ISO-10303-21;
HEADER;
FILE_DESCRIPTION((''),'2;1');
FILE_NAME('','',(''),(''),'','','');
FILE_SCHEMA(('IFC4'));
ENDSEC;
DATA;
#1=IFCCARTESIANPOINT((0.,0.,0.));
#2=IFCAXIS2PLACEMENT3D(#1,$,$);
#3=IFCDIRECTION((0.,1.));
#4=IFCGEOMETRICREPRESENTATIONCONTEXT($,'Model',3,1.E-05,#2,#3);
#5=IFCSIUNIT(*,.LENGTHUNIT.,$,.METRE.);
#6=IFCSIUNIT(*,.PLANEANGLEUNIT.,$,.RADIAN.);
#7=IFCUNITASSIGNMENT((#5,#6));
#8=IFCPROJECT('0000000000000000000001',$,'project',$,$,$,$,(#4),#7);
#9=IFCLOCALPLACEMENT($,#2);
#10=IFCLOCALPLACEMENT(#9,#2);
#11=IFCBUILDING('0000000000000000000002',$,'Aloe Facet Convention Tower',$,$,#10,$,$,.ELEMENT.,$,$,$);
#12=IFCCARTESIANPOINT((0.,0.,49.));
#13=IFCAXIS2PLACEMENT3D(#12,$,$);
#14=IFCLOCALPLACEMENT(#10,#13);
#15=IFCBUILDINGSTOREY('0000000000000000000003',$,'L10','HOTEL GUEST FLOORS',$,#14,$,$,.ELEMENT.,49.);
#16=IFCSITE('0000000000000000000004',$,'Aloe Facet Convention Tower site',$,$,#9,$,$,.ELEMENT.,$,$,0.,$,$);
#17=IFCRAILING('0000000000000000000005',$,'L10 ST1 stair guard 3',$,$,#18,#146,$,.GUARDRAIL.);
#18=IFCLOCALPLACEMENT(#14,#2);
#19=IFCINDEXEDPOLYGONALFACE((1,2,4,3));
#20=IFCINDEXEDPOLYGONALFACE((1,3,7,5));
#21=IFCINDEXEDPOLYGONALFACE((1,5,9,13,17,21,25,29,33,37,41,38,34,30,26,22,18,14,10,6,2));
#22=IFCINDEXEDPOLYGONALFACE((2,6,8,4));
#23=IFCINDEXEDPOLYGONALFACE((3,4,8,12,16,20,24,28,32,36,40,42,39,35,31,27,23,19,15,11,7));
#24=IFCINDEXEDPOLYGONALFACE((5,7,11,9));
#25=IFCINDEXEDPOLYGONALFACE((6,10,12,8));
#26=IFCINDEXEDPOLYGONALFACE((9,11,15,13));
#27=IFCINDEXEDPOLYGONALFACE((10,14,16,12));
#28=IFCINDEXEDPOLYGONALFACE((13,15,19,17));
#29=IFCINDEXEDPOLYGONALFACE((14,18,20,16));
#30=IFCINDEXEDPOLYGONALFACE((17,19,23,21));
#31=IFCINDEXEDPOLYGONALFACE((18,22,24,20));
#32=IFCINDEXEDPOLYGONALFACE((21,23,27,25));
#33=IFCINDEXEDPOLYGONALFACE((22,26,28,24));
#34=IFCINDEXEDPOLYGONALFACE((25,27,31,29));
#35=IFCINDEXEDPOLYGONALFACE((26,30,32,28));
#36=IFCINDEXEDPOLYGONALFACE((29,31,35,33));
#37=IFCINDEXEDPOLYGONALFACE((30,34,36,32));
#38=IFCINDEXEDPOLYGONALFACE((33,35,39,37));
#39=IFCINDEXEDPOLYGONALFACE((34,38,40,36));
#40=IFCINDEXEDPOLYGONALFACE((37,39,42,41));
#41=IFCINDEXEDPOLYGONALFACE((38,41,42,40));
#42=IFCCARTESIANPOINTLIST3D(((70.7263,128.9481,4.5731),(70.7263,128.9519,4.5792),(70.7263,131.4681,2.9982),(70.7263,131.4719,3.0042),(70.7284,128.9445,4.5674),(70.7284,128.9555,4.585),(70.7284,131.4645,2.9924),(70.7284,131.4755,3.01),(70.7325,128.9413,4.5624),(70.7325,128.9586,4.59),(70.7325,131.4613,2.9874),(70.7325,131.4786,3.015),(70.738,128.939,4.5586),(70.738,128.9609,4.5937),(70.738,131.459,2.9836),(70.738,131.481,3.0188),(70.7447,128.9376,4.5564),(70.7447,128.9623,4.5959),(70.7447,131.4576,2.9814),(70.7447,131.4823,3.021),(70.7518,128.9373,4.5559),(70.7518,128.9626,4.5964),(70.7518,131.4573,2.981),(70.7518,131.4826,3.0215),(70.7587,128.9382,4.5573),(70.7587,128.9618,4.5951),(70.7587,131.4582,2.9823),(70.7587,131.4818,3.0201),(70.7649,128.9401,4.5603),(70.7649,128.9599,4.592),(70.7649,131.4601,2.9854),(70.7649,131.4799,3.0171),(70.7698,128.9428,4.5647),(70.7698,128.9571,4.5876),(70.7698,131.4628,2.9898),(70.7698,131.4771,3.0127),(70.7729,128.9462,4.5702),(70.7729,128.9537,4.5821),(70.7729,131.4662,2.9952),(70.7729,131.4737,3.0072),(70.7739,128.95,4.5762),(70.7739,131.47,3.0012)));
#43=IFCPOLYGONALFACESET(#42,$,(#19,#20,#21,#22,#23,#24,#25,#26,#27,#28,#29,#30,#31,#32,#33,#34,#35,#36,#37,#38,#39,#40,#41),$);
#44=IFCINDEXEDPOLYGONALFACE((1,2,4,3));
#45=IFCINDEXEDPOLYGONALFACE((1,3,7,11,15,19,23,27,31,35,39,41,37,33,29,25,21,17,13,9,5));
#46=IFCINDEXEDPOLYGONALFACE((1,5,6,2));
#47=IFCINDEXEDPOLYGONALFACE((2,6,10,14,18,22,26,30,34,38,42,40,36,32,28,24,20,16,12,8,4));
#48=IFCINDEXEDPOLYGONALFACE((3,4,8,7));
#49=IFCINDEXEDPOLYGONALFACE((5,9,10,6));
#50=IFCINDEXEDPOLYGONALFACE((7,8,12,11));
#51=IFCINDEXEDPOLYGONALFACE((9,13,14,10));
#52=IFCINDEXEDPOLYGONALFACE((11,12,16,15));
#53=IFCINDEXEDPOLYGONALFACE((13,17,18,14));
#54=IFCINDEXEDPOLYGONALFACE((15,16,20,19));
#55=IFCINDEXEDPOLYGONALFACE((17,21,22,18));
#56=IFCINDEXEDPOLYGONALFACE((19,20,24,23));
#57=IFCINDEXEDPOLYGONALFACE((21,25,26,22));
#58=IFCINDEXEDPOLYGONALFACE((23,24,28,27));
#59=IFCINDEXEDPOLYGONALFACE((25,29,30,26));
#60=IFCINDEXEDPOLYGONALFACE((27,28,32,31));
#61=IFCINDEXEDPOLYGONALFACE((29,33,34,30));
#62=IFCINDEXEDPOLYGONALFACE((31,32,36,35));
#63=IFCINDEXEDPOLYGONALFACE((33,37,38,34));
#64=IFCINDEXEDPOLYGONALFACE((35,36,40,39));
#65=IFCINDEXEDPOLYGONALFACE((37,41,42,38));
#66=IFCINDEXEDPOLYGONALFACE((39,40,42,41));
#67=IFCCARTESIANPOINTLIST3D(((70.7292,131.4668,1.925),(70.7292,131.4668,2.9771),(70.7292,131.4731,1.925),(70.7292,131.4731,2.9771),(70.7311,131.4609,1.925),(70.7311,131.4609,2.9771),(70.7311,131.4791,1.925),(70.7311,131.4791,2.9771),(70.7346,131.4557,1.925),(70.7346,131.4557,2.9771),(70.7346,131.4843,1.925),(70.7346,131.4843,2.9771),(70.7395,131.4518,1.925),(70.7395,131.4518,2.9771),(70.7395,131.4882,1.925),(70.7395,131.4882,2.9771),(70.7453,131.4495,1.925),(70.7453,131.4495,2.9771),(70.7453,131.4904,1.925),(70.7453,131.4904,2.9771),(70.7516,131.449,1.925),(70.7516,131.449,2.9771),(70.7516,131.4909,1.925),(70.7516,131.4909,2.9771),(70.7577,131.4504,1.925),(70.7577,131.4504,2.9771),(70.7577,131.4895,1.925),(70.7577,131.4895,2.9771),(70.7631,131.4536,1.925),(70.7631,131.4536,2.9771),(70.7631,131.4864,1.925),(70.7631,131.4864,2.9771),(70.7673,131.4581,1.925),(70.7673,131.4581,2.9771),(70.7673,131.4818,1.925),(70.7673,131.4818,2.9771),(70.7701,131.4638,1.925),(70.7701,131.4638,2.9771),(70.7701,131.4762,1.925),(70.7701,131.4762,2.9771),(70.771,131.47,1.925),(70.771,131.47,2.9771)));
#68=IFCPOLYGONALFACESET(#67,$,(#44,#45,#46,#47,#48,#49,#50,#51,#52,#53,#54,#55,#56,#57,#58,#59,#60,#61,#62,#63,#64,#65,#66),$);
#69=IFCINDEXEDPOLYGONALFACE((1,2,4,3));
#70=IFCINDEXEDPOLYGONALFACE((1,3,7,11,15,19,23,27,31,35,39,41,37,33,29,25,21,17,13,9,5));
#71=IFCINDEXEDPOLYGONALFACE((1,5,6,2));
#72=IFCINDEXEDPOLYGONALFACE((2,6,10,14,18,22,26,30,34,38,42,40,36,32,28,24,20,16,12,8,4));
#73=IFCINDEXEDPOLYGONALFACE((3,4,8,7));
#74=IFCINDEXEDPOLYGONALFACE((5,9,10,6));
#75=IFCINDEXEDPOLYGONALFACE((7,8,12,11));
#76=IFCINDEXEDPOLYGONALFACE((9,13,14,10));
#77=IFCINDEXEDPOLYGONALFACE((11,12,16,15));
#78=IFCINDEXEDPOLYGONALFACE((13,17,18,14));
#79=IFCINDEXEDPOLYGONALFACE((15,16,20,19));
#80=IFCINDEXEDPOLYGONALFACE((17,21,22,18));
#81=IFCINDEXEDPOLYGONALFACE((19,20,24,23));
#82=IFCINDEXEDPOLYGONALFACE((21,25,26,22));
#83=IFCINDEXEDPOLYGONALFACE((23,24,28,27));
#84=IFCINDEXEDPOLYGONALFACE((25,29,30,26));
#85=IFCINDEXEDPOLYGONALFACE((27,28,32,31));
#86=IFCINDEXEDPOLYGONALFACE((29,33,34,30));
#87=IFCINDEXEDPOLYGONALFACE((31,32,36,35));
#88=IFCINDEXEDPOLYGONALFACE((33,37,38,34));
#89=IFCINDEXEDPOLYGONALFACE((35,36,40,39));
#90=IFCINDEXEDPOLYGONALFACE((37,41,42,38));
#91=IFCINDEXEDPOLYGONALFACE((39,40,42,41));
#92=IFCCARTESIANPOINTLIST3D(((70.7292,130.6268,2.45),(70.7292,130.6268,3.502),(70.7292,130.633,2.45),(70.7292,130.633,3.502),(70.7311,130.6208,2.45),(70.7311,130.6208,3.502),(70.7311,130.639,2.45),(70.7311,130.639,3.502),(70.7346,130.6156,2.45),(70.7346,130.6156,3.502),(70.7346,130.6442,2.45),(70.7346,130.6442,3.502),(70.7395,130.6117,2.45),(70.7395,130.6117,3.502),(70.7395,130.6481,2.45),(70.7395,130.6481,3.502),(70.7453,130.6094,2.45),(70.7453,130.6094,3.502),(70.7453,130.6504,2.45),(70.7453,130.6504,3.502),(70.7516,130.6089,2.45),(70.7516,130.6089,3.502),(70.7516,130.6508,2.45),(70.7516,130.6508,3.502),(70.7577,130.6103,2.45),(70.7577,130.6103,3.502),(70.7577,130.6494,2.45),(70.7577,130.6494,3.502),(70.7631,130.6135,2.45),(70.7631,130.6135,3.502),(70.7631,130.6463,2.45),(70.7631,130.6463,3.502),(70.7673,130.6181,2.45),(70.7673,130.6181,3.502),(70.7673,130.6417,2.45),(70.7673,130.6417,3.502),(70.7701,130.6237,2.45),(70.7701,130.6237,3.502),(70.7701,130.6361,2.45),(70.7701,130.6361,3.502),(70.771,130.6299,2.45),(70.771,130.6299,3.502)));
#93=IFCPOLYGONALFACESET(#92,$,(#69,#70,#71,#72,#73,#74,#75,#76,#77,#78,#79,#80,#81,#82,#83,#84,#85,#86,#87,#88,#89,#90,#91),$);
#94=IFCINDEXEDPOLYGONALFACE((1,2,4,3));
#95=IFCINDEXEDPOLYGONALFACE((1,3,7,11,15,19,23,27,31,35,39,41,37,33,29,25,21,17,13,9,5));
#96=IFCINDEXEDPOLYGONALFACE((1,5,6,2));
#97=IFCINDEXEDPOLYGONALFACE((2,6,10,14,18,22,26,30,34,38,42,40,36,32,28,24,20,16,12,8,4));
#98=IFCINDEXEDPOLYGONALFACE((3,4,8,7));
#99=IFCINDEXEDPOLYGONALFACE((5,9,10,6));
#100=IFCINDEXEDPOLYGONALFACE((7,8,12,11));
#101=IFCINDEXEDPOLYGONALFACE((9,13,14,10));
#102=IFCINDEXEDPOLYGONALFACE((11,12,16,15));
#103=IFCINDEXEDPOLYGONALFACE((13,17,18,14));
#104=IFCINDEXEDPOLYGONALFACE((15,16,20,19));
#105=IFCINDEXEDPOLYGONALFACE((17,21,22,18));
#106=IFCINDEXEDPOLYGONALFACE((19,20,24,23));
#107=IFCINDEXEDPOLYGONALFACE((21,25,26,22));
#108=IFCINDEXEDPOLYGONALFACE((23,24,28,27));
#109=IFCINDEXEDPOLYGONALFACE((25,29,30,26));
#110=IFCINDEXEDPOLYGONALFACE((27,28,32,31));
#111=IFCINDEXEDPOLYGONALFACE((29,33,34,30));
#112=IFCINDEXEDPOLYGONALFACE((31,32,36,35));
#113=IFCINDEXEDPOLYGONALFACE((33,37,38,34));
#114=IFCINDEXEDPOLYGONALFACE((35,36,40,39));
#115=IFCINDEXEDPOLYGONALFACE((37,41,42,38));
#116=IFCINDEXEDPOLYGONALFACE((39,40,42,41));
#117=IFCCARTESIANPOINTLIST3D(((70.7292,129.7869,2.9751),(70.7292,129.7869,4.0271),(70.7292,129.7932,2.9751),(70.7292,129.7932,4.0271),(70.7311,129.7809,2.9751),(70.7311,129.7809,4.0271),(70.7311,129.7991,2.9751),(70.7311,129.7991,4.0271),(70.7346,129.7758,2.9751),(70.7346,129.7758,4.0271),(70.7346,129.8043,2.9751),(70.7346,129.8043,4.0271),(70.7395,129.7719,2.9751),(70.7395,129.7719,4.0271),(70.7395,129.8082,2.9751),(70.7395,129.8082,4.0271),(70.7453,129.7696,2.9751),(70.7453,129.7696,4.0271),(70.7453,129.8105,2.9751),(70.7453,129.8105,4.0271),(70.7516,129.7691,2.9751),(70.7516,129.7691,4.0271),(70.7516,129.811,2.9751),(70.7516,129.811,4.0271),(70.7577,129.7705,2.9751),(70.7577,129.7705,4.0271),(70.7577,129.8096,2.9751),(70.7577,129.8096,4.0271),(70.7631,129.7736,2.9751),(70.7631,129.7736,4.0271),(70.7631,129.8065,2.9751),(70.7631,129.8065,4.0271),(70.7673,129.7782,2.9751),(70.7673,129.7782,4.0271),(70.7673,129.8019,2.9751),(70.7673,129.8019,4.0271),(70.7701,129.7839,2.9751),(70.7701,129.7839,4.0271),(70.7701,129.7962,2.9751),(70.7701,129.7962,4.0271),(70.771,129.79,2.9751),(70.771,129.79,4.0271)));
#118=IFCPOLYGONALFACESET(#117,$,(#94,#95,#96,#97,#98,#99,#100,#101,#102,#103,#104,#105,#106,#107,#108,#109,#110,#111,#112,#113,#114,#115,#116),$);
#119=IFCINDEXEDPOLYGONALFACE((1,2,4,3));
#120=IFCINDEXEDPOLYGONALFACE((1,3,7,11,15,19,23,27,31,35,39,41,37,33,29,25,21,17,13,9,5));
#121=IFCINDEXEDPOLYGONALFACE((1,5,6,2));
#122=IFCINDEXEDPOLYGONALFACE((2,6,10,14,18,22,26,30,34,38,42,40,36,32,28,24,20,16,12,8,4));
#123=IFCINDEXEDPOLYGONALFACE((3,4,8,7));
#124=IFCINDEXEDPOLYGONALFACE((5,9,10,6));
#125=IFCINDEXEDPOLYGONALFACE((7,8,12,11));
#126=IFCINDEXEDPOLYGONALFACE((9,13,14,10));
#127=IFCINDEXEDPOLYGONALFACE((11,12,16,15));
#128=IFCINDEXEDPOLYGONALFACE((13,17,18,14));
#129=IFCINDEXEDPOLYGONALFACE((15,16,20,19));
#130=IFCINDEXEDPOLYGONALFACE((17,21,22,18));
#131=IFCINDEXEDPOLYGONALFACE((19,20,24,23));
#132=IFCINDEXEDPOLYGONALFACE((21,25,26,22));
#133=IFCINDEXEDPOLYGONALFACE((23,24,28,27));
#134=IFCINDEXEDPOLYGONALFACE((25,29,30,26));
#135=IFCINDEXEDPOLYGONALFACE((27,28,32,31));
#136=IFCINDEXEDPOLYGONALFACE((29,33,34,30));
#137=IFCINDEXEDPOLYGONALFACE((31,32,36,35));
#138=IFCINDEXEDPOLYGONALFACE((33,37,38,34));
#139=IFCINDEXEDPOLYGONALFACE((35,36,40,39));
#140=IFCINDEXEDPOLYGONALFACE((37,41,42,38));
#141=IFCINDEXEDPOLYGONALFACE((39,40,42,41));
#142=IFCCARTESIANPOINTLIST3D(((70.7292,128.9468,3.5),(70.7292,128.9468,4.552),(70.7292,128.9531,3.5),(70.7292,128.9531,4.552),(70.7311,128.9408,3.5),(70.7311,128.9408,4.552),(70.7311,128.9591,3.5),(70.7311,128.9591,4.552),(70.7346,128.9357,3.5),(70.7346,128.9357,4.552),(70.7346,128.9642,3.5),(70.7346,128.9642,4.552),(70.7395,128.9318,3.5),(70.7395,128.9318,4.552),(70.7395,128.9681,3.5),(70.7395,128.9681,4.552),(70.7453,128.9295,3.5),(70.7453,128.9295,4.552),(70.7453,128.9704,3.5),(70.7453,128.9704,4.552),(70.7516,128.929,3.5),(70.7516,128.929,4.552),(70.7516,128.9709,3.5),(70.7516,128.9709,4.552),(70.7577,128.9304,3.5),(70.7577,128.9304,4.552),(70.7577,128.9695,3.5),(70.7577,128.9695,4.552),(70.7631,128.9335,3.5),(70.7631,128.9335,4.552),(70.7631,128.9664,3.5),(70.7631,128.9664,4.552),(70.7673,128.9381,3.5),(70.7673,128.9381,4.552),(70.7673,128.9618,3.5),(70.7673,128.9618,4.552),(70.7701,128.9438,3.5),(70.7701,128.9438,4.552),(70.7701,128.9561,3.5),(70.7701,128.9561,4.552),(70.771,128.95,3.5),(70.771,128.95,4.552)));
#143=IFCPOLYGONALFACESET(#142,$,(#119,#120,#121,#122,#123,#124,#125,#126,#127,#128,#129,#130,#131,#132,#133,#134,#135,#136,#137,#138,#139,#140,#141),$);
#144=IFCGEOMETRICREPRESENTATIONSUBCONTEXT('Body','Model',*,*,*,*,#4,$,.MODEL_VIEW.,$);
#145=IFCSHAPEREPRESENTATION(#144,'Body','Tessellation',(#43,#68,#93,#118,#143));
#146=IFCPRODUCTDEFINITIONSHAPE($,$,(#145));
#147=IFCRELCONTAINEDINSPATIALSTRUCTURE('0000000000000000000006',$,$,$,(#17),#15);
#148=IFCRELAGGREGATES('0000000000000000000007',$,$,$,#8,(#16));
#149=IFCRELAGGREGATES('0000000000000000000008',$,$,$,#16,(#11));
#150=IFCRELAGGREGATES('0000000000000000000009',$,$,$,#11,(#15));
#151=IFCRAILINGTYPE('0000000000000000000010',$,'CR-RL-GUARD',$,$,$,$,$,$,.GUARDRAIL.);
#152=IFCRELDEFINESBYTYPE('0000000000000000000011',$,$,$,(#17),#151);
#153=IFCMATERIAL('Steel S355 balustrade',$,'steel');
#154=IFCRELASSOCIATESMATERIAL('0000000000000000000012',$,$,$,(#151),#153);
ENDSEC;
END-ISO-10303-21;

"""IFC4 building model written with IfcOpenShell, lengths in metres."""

from ifc_helpers import new_model, si_unit, direction, frame, origin, origin_2d, place, context, subcontext, project, spatial, circle, extrude, material, type_object, element, save


model = new_model("IFC4")

# Units and contexts
model_context = context("Model", 3, precision=1e-05, world=origin(), true_north=direction((0.0, 1.0)))
body_context = subcontext(model_context, "Body", "Model", "MODEL_VIEW")
ifc_project = project(units=[si_unit("LENGTHUNIT", "METRE"), si_unit("PLANEANGLEUNIT", "RADIAN")], contexts=[model_context])

# Site, building, storey
site_placement = place(None, origin())
site = spatial("IfcSite", under=ifc_project, at=site_placement, Name="Aloe Facet Convention Tower site", CompositionType="ELEMENT", RefElevation=0.0)
building_placement = place(site_placement, origin())
building = spatial("IfcBuilding", under=site, at=building_placement, Name="Aloe Facet Convention Tower", CompositionType="ELEMENT")
storey_placement = place(building_placement, frame((0.0, 0.0, 49.0)))
storey = spatial("IfcBuildingStorey", under=building, at=storey_placement, Name="L10", Description="HOTEL GUEST FLOORS", CompositionType="ELEMENT", Elevation=49.0)

# Railing
ifc_material_1 = material(Name="Steel S355 balustrade", Category="steel")
railing_type_1 = type_object("IfcRailingType", Name="CR-RL-GUARD", PredefinedType="GUARDRAIL", material=ifc_material_1)
railing_1_placement = place(storey_placement, frame((70.75, 131.47, 1.925)))
element("IfcRailing", 1, at=railing_1_placement, inside=storey, type_object=railing_type_1, Name="L10 ST1 stair guard 3", PredefinedType="GUARDRAIL", context=body_context, shape_type="SweptSolid", body=[
    extrude(circle(Radius=0.0239, at=origin_2d()), frame((0.0, 0.0, 1.0762), z_axis=(0.0, -0.848008, 0.529984), x_axis=(1.0, 0.0, 0.0)), (0.0, 0.0, 1.0), 2.9717),
    extrude(circle(Radius=0.021, at=origin_2d()), origin(), (0.0, 0.0, 1.0), 1.052),
    extrude(circle(Radius=0.021, at=origin_2d()), frame((0.0, -0.8401, 0.5249)), (0.0, 0.0, 1.0), 1.052),
    extrude(circle(Radius=0.021, at=origin_2d()), frame((0.0, -1.6799, 1.05)), (0.0, 0.0, 1.0), 1.052),
    extrude(circle(Radius=0.021, at=origin_2d()), frame((0.0, -2.52, 1.575)), (0.0, 0.0, 1.0), 1.052),
])

save(model, "model.ifc")
